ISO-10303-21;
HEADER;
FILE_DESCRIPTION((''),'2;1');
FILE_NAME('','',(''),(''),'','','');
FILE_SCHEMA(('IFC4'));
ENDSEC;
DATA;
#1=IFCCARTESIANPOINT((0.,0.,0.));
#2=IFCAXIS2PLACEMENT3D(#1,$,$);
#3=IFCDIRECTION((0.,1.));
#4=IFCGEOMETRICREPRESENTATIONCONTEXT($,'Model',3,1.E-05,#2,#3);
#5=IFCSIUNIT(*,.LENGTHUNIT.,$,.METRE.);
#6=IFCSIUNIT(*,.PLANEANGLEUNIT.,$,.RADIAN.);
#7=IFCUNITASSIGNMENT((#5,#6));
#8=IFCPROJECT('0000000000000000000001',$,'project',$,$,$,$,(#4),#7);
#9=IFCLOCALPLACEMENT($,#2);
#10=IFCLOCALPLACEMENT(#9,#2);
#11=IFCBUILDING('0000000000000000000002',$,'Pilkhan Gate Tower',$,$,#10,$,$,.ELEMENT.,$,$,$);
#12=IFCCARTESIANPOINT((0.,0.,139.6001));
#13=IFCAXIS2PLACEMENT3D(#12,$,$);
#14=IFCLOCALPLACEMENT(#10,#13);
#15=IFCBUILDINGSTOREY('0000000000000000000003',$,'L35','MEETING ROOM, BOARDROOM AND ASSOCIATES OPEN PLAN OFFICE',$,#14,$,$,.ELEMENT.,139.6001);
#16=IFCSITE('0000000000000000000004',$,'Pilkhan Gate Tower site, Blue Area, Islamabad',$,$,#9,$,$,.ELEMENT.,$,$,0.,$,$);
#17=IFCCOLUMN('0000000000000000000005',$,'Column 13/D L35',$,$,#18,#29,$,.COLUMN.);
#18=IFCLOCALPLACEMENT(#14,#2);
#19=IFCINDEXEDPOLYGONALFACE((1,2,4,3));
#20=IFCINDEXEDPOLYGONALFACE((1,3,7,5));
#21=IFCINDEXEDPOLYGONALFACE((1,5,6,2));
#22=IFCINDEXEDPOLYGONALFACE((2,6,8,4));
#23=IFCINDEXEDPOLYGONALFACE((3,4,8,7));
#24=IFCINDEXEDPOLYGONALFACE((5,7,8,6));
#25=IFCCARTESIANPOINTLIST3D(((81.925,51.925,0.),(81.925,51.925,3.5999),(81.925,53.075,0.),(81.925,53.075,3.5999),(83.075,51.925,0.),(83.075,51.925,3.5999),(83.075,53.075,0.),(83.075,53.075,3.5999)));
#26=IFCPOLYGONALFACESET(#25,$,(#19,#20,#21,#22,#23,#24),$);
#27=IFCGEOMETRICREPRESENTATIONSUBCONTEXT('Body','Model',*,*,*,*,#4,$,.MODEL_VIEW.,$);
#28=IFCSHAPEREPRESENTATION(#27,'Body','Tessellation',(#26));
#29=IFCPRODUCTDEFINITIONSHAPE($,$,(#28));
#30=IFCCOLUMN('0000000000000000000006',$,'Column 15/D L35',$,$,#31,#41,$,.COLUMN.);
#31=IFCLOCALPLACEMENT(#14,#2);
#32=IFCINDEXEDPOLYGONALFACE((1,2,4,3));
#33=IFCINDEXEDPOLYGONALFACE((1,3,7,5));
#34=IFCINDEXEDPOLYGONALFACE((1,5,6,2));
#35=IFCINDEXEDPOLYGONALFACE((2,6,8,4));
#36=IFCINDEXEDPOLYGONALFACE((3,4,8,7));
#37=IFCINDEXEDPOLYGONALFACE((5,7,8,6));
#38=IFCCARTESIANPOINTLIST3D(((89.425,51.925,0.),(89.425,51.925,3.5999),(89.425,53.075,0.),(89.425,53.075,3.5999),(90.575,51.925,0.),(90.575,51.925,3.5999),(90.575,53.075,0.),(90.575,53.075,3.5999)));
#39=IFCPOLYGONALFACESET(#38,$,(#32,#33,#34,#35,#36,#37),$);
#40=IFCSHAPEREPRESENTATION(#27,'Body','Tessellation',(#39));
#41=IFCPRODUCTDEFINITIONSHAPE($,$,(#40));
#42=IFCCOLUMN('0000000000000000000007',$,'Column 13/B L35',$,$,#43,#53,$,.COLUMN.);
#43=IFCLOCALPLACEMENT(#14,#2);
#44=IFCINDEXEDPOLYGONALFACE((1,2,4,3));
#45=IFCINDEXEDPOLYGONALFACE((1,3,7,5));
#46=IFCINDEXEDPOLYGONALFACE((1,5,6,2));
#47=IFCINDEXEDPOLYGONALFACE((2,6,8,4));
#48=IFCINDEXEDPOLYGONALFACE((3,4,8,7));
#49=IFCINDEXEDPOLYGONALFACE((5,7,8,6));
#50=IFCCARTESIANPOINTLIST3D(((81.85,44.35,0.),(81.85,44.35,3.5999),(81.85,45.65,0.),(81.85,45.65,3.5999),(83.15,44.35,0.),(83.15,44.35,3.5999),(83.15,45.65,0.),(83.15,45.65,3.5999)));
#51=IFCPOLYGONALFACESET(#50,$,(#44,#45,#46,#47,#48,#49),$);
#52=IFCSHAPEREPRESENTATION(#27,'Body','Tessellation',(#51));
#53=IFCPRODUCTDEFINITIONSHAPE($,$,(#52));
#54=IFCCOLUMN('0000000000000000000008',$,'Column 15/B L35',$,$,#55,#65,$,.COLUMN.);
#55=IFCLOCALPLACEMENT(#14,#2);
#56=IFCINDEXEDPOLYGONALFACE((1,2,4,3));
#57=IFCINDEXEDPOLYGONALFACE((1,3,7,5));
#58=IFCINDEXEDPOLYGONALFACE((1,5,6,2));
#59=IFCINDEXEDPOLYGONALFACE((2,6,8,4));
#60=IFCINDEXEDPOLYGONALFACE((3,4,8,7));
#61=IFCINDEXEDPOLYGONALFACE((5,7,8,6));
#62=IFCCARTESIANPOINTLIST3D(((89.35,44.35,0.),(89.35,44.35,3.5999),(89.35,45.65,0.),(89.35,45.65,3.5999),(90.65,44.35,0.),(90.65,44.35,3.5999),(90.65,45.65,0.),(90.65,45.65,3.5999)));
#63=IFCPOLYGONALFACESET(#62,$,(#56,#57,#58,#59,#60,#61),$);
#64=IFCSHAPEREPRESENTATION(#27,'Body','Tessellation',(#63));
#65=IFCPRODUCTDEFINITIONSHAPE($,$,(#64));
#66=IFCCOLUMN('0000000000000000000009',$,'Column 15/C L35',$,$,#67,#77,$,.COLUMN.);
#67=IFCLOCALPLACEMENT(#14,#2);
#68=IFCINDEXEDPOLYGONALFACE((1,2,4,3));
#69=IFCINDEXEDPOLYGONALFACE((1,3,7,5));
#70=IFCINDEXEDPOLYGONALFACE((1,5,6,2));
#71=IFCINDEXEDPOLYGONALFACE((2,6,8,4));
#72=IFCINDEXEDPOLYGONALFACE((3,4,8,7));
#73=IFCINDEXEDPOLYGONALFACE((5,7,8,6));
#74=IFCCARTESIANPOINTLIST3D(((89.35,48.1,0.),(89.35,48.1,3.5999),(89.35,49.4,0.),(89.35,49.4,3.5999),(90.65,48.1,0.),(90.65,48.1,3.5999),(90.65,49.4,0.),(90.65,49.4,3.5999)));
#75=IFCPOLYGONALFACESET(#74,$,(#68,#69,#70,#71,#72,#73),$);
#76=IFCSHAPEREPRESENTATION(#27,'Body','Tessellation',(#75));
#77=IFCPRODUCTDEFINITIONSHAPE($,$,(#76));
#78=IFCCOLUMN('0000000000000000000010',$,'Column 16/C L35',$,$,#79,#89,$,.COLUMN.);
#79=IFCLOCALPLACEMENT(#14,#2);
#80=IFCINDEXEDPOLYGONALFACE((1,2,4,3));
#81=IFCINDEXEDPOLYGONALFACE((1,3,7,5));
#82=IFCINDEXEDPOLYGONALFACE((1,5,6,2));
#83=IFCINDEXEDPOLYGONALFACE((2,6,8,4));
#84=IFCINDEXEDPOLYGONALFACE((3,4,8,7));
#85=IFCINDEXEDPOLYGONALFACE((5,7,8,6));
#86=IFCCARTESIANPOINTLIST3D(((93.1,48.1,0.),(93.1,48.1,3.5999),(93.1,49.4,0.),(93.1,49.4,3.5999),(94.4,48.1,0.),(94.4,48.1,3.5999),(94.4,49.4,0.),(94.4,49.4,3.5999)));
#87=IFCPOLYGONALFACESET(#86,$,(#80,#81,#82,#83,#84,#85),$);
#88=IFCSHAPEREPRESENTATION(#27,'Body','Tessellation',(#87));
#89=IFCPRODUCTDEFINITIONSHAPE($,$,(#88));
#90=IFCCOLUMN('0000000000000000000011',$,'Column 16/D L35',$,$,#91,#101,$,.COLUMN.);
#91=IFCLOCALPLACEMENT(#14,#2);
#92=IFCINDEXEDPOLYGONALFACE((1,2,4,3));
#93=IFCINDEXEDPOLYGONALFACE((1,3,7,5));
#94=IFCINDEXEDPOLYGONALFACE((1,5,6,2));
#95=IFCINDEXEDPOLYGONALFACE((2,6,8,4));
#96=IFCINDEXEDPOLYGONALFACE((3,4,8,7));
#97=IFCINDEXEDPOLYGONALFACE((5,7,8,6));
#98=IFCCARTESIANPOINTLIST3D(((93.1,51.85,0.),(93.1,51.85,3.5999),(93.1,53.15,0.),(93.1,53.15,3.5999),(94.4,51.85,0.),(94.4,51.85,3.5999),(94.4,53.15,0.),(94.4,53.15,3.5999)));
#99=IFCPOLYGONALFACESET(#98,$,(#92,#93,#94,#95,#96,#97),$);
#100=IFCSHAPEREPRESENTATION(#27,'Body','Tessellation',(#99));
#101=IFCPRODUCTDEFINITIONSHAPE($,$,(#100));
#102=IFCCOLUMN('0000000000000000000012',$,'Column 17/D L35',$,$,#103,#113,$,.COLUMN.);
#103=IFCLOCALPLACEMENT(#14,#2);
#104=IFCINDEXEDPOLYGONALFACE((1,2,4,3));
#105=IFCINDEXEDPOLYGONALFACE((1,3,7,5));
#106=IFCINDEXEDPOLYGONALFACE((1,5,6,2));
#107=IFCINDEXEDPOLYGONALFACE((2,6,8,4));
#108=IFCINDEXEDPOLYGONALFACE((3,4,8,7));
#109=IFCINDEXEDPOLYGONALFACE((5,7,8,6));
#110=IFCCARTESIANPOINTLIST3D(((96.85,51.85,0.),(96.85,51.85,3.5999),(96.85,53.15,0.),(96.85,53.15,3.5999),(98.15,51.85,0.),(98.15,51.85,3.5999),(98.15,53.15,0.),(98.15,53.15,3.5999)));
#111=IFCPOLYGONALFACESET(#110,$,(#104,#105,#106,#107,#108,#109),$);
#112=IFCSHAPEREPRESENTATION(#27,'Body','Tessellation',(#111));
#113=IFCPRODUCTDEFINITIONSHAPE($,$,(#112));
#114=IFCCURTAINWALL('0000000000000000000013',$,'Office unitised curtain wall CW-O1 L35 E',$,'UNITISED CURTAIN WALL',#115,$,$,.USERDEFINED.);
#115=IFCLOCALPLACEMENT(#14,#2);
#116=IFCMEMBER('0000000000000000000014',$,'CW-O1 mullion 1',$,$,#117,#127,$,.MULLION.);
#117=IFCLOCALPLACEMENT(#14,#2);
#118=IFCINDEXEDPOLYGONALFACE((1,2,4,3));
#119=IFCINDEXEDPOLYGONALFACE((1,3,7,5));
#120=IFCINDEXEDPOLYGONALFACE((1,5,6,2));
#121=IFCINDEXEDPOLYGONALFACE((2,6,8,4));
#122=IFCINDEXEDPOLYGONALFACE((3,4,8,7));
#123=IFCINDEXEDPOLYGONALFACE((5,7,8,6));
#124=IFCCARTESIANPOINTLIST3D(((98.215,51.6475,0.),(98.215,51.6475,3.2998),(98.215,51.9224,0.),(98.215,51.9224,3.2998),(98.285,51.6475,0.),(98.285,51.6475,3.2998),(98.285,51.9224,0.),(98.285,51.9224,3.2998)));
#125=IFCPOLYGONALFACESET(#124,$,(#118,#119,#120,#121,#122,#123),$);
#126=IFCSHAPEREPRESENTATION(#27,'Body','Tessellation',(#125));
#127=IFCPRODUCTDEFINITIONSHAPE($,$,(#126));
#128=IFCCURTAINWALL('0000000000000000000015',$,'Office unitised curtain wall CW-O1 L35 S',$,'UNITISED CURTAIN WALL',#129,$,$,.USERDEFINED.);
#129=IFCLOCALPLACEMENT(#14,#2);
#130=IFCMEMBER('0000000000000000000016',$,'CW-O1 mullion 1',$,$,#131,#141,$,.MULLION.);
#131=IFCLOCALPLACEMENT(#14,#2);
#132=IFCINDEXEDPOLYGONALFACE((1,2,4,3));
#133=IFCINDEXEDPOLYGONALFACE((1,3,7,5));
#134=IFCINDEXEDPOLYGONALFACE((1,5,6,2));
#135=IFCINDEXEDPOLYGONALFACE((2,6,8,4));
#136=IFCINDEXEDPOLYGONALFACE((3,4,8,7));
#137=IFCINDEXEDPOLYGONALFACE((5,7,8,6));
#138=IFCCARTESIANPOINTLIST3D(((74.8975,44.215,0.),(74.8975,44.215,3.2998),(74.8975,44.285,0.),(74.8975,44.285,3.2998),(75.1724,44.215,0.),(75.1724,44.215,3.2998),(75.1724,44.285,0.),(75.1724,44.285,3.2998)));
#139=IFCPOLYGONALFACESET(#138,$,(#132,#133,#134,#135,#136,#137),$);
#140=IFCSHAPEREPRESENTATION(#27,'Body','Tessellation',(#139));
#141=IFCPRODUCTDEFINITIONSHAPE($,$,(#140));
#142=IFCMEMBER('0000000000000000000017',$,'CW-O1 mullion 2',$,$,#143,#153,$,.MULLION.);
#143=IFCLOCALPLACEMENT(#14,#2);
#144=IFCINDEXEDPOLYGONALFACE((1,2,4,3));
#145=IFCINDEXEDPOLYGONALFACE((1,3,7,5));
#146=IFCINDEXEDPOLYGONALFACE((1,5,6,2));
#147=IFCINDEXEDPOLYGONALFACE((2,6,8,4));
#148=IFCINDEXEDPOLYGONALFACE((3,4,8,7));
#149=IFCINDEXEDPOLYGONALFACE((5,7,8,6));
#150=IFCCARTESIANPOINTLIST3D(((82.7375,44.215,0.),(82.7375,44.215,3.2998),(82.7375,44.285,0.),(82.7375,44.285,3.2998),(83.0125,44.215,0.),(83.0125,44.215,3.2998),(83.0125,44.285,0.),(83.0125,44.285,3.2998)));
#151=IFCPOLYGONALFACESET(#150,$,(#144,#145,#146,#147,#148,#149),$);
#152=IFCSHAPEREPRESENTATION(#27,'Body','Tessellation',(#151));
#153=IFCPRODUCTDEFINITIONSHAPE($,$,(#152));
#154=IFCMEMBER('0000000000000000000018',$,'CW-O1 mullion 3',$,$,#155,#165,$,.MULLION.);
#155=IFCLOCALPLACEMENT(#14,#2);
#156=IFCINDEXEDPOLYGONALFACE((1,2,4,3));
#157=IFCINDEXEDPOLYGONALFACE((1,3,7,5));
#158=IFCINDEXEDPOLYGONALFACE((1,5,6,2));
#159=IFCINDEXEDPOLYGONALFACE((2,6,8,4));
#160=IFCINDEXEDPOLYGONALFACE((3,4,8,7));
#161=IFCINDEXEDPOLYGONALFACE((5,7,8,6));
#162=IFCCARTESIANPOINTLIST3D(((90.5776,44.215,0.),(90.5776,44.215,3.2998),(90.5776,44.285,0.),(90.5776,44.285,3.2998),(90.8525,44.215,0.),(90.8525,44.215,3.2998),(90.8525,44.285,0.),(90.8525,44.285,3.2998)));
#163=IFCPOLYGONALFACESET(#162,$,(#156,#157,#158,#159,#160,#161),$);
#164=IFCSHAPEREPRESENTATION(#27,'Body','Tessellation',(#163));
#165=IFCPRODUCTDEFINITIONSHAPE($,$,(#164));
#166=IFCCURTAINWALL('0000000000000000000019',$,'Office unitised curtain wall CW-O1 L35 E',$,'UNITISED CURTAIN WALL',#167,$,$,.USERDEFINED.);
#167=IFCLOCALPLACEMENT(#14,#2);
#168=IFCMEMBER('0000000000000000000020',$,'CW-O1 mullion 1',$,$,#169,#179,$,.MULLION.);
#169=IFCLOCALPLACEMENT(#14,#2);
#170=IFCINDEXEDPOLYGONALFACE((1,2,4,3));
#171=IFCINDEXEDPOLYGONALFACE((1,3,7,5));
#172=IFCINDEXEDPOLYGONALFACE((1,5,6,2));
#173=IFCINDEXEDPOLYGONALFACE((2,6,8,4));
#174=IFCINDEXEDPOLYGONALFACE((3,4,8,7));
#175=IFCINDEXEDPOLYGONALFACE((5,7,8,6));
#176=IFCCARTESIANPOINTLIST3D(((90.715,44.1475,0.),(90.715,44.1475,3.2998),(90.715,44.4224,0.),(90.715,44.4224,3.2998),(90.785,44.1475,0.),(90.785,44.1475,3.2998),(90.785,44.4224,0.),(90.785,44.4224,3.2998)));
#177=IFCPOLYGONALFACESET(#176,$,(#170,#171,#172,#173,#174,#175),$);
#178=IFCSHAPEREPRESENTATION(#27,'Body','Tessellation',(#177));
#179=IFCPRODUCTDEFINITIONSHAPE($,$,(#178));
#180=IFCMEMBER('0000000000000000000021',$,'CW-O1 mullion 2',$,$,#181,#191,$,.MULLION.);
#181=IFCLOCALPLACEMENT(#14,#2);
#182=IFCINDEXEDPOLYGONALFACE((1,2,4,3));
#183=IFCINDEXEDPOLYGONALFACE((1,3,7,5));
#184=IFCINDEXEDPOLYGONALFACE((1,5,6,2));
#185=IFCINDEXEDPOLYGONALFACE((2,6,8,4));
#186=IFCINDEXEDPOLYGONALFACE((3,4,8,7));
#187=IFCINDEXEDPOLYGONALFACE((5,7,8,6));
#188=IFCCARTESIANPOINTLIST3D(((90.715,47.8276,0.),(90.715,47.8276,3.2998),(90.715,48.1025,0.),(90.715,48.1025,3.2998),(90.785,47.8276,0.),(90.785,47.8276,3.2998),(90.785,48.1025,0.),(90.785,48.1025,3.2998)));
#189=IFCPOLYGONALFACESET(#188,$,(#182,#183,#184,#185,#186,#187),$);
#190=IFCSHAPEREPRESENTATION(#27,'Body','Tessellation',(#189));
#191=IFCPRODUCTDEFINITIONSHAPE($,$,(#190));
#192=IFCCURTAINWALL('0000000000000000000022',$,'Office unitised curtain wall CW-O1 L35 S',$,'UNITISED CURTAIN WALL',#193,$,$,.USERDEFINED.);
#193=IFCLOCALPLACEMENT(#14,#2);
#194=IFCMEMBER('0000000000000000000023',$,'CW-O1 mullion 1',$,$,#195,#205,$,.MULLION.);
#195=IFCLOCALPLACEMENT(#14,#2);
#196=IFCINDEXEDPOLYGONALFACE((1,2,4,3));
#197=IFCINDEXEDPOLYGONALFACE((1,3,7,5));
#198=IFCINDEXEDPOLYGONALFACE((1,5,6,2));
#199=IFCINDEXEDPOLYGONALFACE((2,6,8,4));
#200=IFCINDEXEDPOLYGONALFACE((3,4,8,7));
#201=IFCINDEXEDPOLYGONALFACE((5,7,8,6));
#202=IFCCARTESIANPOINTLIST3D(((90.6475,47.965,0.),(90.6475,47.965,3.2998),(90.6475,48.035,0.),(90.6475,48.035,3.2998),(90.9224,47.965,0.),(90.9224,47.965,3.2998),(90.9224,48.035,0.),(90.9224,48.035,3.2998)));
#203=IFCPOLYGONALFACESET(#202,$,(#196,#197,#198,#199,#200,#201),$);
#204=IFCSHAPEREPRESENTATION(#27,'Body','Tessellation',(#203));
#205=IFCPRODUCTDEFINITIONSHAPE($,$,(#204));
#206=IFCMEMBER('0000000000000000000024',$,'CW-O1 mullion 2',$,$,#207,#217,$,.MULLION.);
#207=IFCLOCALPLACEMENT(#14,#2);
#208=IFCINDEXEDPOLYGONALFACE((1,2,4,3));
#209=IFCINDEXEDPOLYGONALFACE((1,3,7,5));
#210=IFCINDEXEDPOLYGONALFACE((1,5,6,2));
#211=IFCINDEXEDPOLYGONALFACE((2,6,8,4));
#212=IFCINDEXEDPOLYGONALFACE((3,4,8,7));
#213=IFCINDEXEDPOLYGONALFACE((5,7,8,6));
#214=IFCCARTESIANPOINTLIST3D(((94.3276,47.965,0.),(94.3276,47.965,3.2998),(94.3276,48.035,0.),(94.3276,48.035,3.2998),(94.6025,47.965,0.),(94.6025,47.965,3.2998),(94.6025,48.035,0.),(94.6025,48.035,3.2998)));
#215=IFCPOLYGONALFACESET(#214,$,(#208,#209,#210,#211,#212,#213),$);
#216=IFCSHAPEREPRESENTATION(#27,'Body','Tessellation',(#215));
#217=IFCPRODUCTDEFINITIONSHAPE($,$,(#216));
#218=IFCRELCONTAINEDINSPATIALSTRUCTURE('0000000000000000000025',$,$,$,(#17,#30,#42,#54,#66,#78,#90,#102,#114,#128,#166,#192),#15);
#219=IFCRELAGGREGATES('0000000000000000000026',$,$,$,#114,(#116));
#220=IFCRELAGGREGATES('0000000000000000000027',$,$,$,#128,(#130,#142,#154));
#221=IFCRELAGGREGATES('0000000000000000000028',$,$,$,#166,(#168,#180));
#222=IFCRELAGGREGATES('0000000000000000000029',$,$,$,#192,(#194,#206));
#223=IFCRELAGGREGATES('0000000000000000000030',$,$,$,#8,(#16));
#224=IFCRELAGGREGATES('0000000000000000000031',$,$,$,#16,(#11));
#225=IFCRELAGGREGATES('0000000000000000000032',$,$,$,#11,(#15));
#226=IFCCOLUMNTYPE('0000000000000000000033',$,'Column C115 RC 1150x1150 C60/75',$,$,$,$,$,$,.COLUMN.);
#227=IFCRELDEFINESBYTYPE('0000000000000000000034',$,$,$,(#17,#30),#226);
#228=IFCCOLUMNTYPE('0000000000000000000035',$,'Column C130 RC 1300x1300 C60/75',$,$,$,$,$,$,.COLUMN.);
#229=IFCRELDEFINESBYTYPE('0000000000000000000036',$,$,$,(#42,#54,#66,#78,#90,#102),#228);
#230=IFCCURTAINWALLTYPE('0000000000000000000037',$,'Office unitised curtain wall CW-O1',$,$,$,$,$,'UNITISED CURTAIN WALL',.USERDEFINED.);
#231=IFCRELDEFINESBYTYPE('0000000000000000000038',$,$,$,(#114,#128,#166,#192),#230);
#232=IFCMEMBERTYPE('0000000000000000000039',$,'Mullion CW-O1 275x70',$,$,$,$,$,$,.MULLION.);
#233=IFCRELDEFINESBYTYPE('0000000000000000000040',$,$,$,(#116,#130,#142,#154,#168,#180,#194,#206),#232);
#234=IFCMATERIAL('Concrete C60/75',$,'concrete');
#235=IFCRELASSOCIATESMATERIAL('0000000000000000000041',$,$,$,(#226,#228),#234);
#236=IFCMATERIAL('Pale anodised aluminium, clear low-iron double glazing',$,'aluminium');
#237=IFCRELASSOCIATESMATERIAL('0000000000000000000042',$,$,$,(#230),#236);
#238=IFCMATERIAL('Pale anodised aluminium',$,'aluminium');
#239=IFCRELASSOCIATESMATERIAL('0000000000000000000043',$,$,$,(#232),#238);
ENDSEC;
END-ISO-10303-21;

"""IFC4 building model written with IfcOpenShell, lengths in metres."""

from ifc_helpers import new_model, si_unit, direction, frame, origin, origin_2d, place, context, subcontext, project, spatial, rectangle, extrude, material, material_profile, profile_set, type_object, element, aggregate, save


model = new_model("IFC4")

# Units and contexts
model_context = context("Model", 3, precision=1e-05, world=origin(), true_north=direction((0.0, 1.0)))
body_context = subcontext(model_context, "Body", "Model", "MODEL_VIEW")
ifc_project = project(units=[si_unit("LENGTHUNIT", "METRE"), si_unit("PLANEANGLEUNIT", "RADIAN")], contexts=[model_context])

# Site, building, storey
site_placement = place(None, origin())
site = spatial("IfcSite", under=ifc_project, at=site_placement, Name="Pilkhan Gate Tower site, Blue Area, Islamabad", CompositionType="ELEMENT", RefElevation=0.0)
building_placement = place(site_placement, origin())
building = spatial("IfcBuilding", under=site, at=building_placement, Name="Pilkhan Gate Tower", CompositionType="ELEMENT")
storey_placement = place(building_placement, frame((0.0, 0.0, 139.6001)))
storey = spatial("IfcBuildingStorey", under=building, at=storey_placement, Name="L35", Description="MEETING ROOM, BOARDROOM AND ASSOCIATES OPEN PLAN OFFICE", CompositionType="ELEMENT", Elevation=139.6001)

# Columns
ifc_material_1 = material(Name="Concrete C60/75", Category="concrete")
ifc_material_profile_1 = material_profile(ifc_material_1, rectangle(XDim=1.1499, YDim=1.1499, at=origin_2d()), Name="RC 1150x1150")
ifc_profile_set_1 = profile_set([ifc_material_profile_1], Name="Concrete C60/75")
column_type_1 = type_object("IfcColumnType", Name="Column C115 RC 1150x1150 C60/75", PredefinedType="COLUMN", material=ifc_profile_set_1)
for number, where, z_axis, x_axis, name in (
    (1, (82.5, 52.5, 0.0), (0.0, 0.0, 1.0), (1.0, 0.0, 0.0), "Column 13/D L35"),
    (2, (90.0, 52.5, 0.0), (0.0, 0.0, 1.0), (1.0, 0.0, 0.0), "Column 15/D L35"),
):
    element("IfcColumn", number, at=place(storey_placement, frame(where, z_axis=z_axis, x_axis=x_axis)), inside=storey, type_object=column_type_1, Name=name, PredefinedType="COLUMN", context=body_context, shape_type="SweptSolid", body=[
        extrude(rectangle(XDim=1.1499, YDim=1.1499, at=origin_2d()), origin(), (0.0, 0.0, 1.0), 3.5999),
    ])
ifc_material_profile_2 = material_profile(ifc_material_1, rectangle(XDim=1.3, YDim=1.3, at=origin_2d()), Name="RC 1300x1300")
ifc_profile_set_2 = profile_set([ifc_material_profile_2], Name="Concrete C60/75")
column_type_2 = type_object("IfcColumnType", Name="Column C130 RC 1300x1300 C60/75", PredefinedType="COLUMN", material=ifc_profile_set_2)
for number, where, z_axis, x_axis, name in (
    (3, (82.5, 45.0, 0.0), (0.0, 0.0, 1.0), (1.0, 0.0, 0.0), "Column 13/B L35"),
    (4, (90.0, 45.0, 0.0), (0.0, 0.0, 1.0), (1.0, 0.0, 0.0), "Column 15/B L35"),
    (5, (90.0, 48.75, 0.0), (0.0, 0.0, 1.0), (1.0, 0.0, 0.0), "Column 15/C L35"),
    (6, (93.75, 48.75, 0.0), (0.0, 0.0, 1.0), (1.0, 0.0, 0.0), "Column 16/C L35"),
    (7, (93.75, 52.5, 0.0), (0.0, 0.0, 1.0), (1.0, 0.0, 0.0), "Column 16/D L35"),
    (8, (97.5, 52.5, 0.0), (0.0, 0.0, 1.0), (1.0, 0.0, 0.0), "Column 17/D L35"),
):
    element("IfcColumn", number, at=place(storey_placement, frame(where, z_axis=z_axis, x_axis=x_axis)), inside=storey, type_object=column_type_2, Name=name, PredefinedType="COLUMN", context=body_context, shape_type="SweptSolid", body=[
        extrude(rectangle(XDim=1.3, YDim=1.3, at=origin_2d()), origin(), (0.0, 0.0, 1.0), 3.5999),
    ])

# Curtain wall, member
ifc_material_2 = material(Name="Pale anodised aluminium, clear low-iron double glazing", Category="aluminium")
curtain_wall_type = type_object("IfcCurtainWallType", Name="Office unitised curtain wall CW-O1", ElementType="UNITISED CURTAIN WALL", PredefinedType="USERDEFINED", material=ifc_material_2)
curtain_wall_1_placement = place(storey_placement, origin())
curtain_wall_1 = element("IfcCurtainWall", 9, at=curtain_wall_1_placement, inside=storey, type_object=curtain_wall_type, Name="Office unitised curtain wall CW-O1 L35 E", ObjectType="UNITISED CURTAIN WALL", PredefinedType="USERDEFINED")
ifc_material_3 = material(Name="Pale anodised aluminium", Category="aluminium")
ifc_material_profile_3 = material_profile(ifc_material_3, rectangle(XDim=0.0701, YDim=0.2749, at=origin_2d()), Name="Mullion 275x70")
ifc_profile_set_3 = profile_set([ifc_material_profile_3], Name="Pale anodised aluminium")
member_type_1 = type_object("IfcMemberType", Name="Mullion CW-O1 275x70", PredefinedType="MULLION", material=ifc_profile_set_3)
member_1_placement = place(storey_placement, frame((98.25, 51.7849, 0.0), z_axis=(0.0, 0.0, 1.0), x_axis=(-1.0, 0.0, 0.0)))
member_1 = element("IfcMember", 10, at=member_1_placement, type_object=member_type_1, Name="CW-O1 mullion 1", PredefinedType="MULLION", context=body_context, shape_type="SweptSolid", body=[
    extrude(rectangle(XDim=0.0701, YDim=0.2749, at=origin_2d()), origin(), (0.0, 0.0, 1.0), 3.2998),
])

# Curtain walls, members
curtain_wall_2_placement = place(storey_placement, origin())
curtain_wall_2 = element("IfcCurtainWall", 11, at=curtain_wall_2_placement, inside=storey, type_object=curtain_wall_type, Name="Office unitised curtain wall CW-O1 L35 S", ObjectType="UNITISED CURTAIN WALL", PredefinedType="USERDEFINED")
member_2_placement = place(storey_placement, frame((75.0349, 44.25, 0.0), z_axis=(0.0, 0.0, 1.0), x_axis=(0.0, 1.0, 0.0)))
member_2 = element("IfcMember", 12, at=member_2_placement, type_object=member_type_1, Name="CW-O1 mullion 1", PredefinedType="MULLION", context=body_context, shape_type="SweptSolid", body=[
    extrude(rectangle(XDim=0.0701, YDim=0.2749, at=origin_2d()), origin(), (0.0, 0.0, 1.0), 3.2998),
])
member_3_placement = place(storey_placement, frame((82.875, 44.25, 0.0), z_axis=(0.0, 0.0, 1.0), x_axis=(0.0, 1.0, 0.0)))
member_3 = element("IfcMember", 13, at=member_3_placement, type_object=member_type_1, Name="CW-O1 mullion 2", PredefinedType="MULLION", context=body_context, shape_type="SweptSolid", body=[
    extrude(rectangle(XDim=0.0701, YDim=0.2749, at=origin_2d()), origin(), (0.0, 0.0, 1.0), 3.2998),
])
member_4_placement = place(storey_placement, frame((90.7151, 44.25, 0.0), z_axis=(0.0, 0.0, 1.0), x_axis=(0.0, 1.0, 0.0)))
member_4 = element("IfcMember", 14, at=member_4_placement, type_object=member_type_1, Name="CW-O1 mullion 3", PredefinedType="MULLION", context=body_context, shape_type="SweptSolid", body=[
    extrude(rectangle(XDim=0.0701, YDim=0.2749, at=origin_2d()), origin(), (0.0, 0.0, 1.0), 3.2998),
])
curtain_wall_3_placement = place(storey_placement, origin())
curtain_wall_3 = element("IfcCurtainWall", 15, at=curtain_wall_3_placement, inside=storey, type_object=curtain_wall_type, Name="Office unitised curtain wall CW-O1 L35 E", ObjectType="UNITISED CURTAIN WALL", PredefinedType="USERDEFINED")
member_5_placement = place(storey_placement, frame((90.75, 44.2849, 0.0), z_axis=(0.0, 0.0, 1.0), x_axis=(-1.0, 0.0, 0.0)))
member_5 = element("IfcMember", 16, at=member_5_placement, type_object=member_type_1, Name="CW-O1 mullion 1", PredefinedType="MULLION", context=body_context, shape_type="SweptSolid", body=[
    extrude(rectangle(XDim=0.0701, YDim=0.2749, at=origin_2d()), origin(), (0.0, 0.0, 1.0), 3.2998),
])
member_6_placement = place(storey_placement, frame((90.75, 47.9651, 0.0), z_axis=(0.0, 0.0, 1.0), x_axis=(-1.0, 0.0, 0.0)))
member_6 = element("IfcMember", 17, at=member_6_placement, type_object=member_type_1, Name="CW-O1 mullion 2", PredefinedType="MULLION", context=body_context, shape_type="SweptSolid", body=[
    extrude(rectangle(XDim=0.0701, YDim=0.2749, at=origin_2d()), origin(), (0.0, 0.0, 1.0), 3.2998),
])
curtain_wall_4_placement = place(storey_placement, origin())
curtain_wall_4 = element("IfcCurtainWall", 18, at=curtain_wall_4_placement, inside=storey, type_object=curtain_wall_type, Name="Office unitised curtain wall CW-O1 L35 S", ObjectType="UNITISED CURTAIN WALL", PredefinedType="USERDEFINED")
member_7_placement = place(storey_placement, frame((90.7849, 48.0, 0.0), z_axis=(0.0, 0.0, 1.0), x_axis=(0.0, 1.0, 0.0)))
member_7 = element("IfcMember", 19, at=member_7_placement, type_object=member_type_1, Name="CW-O1 mullion 1", PredefinedType="MULLION", context=body_context, shape_type="SweptSolid", body=[
    extrude(rectangle(XDim=0.0701, YDim=0.2749, at=origin_2d()), origin(), (0.0, 0.0, 1.0), 3.2998),
])
member_8_placement = place(storey_placement, frame((94.4651, 48.0, 0.0), z_axis=(0.0, 0.0, 1.0), x_axis=(0.0, 1.0, 0.0)))
member_8 = element("IfcMember", 20, at=member_8_placement, type_object=member_type_1, Name="CW-O1 mullion 2", PredefinedType="MULLION", context=body_context, shape_type="SweptSolid", body=[
    extrude(rectangle(XDim=0.0701, YDim=0.2749, at=origin_2d()), origin(), (0.0, 0.0, 1.0), 3.2998),
])

aggregate(curtain_wall_1, [member_1])

aggregate(curtain_wall_2, [member_2, member_3, member_4])
aggregate(curtain_wall_3, [member_5, member_6])
aggregate(curtain_wall_4, [member_7, member_8])

save(model, "model.ifc")
